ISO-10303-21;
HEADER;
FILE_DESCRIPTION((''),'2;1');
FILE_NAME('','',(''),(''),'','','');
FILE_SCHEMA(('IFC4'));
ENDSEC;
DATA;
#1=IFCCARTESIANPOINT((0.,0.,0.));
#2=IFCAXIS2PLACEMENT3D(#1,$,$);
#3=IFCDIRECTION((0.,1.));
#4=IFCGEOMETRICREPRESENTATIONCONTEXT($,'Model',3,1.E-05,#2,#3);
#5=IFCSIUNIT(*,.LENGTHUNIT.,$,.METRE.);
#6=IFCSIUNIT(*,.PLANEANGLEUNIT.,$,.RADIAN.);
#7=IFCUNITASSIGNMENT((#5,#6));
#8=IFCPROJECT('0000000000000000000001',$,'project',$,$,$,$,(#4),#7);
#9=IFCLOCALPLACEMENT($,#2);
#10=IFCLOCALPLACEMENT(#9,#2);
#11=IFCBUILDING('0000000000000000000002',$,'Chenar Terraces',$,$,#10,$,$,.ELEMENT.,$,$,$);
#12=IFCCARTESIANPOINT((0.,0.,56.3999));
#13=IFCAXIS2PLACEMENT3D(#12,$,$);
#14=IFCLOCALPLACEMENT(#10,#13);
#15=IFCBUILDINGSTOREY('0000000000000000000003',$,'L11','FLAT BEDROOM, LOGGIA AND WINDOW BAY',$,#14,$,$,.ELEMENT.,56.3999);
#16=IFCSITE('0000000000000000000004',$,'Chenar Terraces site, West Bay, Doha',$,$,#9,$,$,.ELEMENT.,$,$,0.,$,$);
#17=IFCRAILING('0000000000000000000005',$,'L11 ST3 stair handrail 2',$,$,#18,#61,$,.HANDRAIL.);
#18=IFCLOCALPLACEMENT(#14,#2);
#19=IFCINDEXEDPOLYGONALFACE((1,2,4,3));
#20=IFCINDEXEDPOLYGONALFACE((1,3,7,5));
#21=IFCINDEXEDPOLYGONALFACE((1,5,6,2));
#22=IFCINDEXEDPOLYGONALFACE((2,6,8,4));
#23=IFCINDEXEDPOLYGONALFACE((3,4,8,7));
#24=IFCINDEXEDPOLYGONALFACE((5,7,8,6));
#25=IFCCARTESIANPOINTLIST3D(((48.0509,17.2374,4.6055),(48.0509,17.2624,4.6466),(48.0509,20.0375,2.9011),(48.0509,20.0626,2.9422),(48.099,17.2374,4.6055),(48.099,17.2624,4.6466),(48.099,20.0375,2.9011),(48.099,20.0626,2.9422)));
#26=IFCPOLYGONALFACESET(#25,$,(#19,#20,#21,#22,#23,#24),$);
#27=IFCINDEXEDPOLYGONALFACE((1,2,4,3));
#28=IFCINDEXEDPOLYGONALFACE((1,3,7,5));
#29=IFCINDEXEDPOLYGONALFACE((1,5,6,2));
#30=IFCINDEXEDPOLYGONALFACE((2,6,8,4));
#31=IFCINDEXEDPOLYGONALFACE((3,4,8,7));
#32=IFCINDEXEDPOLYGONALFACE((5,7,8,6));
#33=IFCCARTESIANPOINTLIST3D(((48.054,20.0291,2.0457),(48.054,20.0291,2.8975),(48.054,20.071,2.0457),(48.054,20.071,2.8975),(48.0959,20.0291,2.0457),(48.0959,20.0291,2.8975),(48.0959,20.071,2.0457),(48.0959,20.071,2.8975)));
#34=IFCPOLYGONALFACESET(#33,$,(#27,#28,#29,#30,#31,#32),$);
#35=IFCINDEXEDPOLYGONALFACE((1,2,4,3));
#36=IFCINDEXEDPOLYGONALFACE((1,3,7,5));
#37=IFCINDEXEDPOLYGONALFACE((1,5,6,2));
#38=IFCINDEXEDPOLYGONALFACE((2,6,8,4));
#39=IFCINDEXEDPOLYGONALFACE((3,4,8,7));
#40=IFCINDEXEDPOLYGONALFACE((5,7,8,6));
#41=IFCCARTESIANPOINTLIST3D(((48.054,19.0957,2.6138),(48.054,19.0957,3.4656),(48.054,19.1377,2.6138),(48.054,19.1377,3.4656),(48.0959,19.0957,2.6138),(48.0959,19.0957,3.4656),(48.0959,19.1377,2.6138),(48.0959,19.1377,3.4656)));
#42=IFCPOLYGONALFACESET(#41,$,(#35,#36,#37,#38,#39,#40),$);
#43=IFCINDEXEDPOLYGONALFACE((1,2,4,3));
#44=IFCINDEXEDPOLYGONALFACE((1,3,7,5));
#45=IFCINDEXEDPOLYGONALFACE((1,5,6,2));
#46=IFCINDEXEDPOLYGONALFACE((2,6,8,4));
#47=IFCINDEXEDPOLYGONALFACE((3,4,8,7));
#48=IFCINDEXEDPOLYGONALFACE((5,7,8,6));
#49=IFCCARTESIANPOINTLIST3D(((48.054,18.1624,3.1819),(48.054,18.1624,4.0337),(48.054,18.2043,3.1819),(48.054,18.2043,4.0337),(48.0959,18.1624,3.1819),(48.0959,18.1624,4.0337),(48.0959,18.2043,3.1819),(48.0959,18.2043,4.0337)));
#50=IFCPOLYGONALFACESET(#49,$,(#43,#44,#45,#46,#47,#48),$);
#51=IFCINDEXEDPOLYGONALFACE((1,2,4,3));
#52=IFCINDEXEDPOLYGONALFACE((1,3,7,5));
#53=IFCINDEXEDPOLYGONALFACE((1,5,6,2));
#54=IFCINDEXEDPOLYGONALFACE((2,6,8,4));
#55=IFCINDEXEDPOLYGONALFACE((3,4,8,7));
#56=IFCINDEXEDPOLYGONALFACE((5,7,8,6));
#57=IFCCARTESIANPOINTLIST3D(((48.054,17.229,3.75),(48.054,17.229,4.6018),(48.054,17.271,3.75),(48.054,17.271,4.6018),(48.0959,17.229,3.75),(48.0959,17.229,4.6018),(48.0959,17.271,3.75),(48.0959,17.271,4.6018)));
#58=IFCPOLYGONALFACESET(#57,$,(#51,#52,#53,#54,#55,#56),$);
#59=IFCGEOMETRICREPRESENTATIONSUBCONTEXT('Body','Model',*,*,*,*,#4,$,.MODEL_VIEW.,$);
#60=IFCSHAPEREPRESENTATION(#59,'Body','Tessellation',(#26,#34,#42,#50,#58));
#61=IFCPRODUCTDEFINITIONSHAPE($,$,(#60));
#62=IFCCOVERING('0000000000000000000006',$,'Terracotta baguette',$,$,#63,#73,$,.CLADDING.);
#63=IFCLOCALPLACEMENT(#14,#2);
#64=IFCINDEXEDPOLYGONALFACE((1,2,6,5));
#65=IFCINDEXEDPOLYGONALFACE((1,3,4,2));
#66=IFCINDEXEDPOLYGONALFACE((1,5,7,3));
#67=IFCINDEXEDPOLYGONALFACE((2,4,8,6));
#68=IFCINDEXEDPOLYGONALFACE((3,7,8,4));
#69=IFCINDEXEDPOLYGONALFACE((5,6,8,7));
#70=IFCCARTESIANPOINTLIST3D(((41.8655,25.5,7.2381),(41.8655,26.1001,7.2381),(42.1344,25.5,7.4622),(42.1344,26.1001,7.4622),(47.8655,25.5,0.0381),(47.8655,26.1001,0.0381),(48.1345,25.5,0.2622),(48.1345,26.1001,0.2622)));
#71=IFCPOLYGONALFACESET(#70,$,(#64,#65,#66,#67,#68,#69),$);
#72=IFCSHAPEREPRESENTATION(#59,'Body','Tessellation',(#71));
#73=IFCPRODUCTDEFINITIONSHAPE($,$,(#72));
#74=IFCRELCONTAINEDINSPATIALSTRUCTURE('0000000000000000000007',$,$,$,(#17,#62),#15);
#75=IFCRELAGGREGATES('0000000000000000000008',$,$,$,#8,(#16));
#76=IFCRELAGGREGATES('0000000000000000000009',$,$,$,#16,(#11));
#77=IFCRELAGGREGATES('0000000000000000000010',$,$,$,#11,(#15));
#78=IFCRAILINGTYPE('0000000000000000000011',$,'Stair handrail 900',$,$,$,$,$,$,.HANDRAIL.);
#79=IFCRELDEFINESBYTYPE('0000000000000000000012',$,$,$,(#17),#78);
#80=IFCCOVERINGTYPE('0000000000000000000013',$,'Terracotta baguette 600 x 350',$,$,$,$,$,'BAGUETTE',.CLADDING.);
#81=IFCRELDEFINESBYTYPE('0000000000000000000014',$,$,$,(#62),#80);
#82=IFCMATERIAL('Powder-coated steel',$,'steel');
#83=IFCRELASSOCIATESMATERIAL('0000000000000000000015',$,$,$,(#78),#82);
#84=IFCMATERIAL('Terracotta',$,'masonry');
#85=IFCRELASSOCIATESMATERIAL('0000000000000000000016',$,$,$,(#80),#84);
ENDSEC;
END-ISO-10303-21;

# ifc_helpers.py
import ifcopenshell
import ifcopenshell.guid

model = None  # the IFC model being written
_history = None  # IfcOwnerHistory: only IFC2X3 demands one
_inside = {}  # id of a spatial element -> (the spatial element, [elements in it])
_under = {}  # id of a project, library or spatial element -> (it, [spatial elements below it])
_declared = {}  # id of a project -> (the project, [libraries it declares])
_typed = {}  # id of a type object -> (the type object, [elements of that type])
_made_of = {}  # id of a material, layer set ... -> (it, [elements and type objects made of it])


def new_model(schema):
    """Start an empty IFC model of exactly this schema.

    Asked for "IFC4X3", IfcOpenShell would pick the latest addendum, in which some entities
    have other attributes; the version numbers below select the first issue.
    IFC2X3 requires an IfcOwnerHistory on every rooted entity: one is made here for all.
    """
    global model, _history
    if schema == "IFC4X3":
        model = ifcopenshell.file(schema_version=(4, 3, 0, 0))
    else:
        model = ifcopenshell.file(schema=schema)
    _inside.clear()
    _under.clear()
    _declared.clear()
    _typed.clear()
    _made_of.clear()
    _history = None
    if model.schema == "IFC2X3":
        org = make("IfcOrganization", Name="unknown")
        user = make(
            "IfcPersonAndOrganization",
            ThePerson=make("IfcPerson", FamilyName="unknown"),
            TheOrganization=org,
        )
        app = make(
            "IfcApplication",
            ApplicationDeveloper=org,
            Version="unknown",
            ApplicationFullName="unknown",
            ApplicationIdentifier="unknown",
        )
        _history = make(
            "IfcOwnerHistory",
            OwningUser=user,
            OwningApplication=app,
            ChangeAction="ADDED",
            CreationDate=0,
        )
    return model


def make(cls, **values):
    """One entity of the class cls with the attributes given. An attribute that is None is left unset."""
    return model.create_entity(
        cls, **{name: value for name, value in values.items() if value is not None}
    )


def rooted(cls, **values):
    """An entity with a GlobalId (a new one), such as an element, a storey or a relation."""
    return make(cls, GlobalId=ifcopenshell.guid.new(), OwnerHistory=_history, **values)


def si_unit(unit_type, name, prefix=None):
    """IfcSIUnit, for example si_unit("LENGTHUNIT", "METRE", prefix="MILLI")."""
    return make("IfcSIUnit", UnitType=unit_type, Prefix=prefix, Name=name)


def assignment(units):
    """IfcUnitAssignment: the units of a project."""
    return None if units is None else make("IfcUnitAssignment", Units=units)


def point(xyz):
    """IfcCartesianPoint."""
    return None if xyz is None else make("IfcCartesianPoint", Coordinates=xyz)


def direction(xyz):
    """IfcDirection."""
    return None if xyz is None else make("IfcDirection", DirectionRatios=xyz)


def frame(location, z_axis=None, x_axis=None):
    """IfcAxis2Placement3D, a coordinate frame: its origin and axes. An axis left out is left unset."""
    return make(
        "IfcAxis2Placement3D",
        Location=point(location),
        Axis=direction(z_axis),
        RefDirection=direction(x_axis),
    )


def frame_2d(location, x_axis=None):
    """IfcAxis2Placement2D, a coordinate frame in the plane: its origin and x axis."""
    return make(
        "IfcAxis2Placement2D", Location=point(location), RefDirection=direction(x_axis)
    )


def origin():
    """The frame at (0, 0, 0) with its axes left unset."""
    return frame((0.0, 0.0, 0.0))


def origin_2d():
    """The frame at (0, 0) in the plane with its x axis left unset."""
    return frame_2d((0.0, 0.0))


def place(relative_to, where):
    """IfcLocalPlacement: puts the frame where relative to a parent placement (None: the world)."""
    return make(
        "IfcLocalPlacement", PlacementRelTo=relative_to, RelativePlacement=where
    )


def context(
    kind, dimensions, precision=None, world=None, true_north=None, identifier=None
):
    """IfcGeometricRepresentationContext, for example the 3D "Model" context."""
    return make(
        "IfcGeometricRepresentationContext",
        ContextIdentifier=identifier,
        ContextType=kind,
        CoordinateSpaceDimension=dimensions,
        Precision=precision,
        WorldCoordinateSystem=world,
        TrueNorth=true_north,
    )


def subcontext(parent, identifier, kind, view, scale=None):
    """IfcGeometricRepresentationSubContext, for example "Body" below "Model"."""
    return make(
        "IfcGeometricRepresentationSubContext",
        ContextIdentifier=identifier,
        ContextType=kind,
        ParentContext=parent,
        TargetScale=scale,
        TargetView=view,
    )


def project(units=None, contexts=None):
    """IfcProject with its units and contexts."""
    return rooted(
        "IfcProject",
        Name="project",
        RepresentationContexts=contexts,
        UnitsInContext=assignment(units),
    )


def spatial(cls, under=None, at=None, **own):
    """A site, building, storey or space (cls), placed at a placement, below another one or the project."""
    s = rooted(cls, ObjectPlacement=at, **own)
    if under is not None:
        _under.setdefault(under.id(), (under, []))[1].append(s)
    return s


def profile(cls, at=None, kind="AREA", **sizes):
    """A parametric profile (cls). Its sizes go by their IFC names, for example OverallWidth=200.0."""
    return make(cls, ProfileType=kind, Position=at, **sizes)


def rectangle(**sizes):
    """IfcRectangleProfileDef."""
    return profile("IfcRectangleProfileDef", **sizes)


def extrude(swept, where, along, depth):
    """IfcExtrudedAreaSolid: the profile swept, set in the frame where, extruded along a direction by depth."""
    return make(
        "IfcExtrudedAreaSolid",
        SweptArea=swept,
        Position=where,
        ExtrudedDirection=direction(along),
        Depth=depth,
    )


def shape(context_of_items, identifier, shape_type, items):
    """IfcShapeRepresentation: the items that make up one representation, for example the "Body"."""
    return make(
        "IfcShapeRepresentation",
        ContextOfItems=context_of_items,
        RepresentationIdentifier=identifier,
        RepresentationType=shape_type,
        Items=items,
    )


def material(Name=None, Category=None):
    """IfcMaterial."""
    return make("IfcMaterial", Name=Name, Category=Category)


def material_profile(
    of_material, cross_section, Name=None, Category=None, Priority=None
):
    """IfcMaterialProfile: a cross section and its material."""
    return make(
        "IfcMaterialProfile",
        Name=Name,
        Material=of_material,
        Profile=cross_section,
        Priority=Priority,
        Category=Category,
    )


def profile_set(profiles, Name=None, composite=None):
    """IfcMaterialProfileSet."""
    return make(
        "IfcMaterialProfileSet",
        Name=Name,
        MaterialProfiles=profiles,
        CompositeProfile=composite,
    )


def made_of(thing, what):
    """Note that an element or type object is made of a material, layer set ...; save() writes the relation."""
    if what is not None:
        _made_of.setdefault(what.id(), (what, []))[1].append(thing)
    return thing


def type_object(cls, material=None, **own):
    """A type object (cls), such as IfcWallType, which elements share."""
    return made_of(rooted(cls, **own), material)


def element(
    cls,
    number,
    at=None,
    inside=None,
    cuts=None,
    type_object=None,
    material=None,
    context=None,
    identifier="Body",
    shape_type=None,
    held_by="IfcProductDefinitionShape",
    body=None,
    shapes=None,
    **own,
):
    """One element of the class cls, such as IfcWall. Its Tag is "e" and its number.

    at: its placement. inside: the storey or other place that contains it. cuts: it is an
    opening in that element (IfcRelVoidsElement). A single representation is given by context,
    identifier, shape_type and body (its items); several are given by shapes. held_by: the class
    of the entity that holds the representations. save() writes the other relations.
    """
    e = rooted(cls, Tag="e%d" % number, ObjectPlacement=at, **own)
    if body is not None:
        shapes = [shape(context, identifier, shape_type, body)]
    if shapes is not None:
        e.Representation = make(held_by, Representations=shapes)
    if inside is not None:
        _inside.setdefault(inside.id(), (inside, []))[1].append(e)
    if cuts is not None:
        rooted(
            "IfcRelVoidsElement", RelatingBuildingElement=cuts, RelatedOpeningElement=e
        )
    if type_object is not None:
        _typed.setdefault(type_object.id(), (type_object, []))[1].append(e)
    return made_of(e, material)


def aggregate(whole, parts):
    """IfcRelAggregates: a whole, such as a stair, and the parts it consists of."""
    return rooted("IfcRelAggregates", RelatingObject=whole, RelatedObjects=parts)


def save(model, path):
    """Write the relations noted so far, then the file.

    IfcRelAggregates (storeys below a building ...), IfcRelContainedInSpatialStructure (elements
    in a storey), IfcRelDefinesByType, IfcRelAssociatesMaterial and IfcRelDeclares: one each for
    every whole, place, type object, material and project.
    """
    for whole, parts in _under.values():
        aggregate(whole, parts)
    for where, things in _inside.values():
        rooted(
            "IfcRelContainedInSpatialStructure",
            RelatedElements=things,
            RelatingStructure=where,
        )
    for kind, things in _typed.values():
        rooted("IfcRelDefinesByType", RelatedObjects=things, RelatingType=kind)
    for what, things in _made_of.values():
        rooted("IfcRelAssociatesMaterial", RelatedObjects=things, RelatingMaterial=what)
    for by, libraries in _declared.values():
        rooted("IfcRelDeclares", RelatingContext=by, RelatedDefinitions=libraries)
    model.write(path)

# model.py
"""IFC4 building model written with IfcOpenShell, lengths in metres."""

from ifc_helpers import new_model, si_unit, direction, frame, origin, origin_2d, place, context, subcontext, project, spatial, rectangle, extrude, material, material_profile, profile_set, type_object, element, save


model = new_model("IFC4")

# Units and contexts
model_context = context("Model", 3, precision=1e-05, world=origin(), true_north=direction((0.0, 1.0)))
body_context = subcontext(model_context, "Body", "Model", "MODEL_VIEW")
ifc_project = project(units=[si_unit("LENGTHUNIT", "METRE"), si_unit("PLANEANGLEUNIT", "RADIAN")], contexts=[model_context])

# Site, building, storey
site_placement = place(None, origin())
site = spatial("IfcSite", under=ifc_project, at=site_placement, Name="Chenar Terraces site, West Bay, Doha", CompositionType="ELEMENT", RefElevation=0.0)
building_placement = place(site_placement, origin())
building = spatial("IfcBuilding", under=site, at=building_placement, Name="Chenar Terraces", CompositionType="ELEMENT")
storey_placement = place(building_placement, frame((0.0, 0.0, 56.3999)))
storey = spatial("IfcBuildingStorey", under=building, at=storey_placement, Name="L11", Description="FLAT BEDROOM, LOGGIA AND WINDOW BAY", CompositionType="ELEMENT", Elevation=56.3999)

# Railing
ifc_material_1 = material(Name="Powder-coated steel", Category="steel")
railing_type_1 = type_object("IfcRailingType", Name="Stair handrail 900", PredefinedType="HANDRAIL", material=ifc_material_1)
railing_1_placement = place(storey_placement, frame((48.075, 20.05, 2.0457)))
element("IfcRailing", 1, at=railing_1_placement, inside=storey, type_object=railing_type_1, Name="L11 ST3 stair handrail 2", PredefinedType="HANDRAIL", context=body_context, shape_type="SweptSolid", body=[
    extrude(rectangle(XDim=0.0481, YDim=0.0481, at=origin_2d()), frame((0.0, 0.0, 0.876), z_axis=(0.0, -0.854203, 0.51994), x_axis=(1.0, 0.0, 0.0)), (0.0, 0.0, 1.0), 3.2781),
    extrude(rectangle(XDim=0.042, YDim=0.042, at=origin_2d()), origin(), (0.0, 0.0, 1.0), 0.8518),
    extrude(rectangle(XDim=0.042, YDim=0.042, at=origin_2d()), frame((0.0, -0.9333, 0.5681)), (0.0, 0.0, 1.0), 0.8518),
    extrude(rectangle(XDim=0.042, YDim=0.042, at=origin_2d()), frame((0.0, -1.8667, 1.1362)), (0.0, 0.0, 1.0), 0.8518),
    extrude(rectangle(XDim=0.042, YDim=0.042, at=origin_2d()), frame((0.0, -2.8, 1.7043)), (0.0, 0.0, 1.0), 0.8518),
])

# Covering
ifc_material_2 = material(Name="Terracotta", Category="masonry")
ifc_material_profile_1 = material_profile(ifc_material_2, rectangle(XDim=0.6001, YDim=0.3501, at=origin_2d()), Name="Terracotta baguette 600 x 350")
ifc_profile_set_1 = profile_set([ifc_material_profile_1], Name="Terracotta")
covering_type = type_object("IfcCoveringType", Name="Terracotta baguette 600 x 350", ElementType="BAGUETTE", PredefinedType="CLADDING", material=ifc_profile_set_1)
covering_placement = place(storey_placement, frame((48.0, 25.8, 0.1501), z_axis=(-0.640187, 0.0, 0.768219), x_axis=(0.0, -1.0, 0.0)))
element("IfcCovering", 2, at=covering_placement, inside=storey, type_object=covering_type, Name="Terracotta baguette", PredefinedType="CLADDING", context=body_context, shape_type="SweptSolid", body=[
    extrude(rectangle(XDim=0.6001, YDim=0.3501, at=origin_2d()), origin(), (0.0, 0.0, 1.0), 9.3723),
])

save(model, "model.ifc")
